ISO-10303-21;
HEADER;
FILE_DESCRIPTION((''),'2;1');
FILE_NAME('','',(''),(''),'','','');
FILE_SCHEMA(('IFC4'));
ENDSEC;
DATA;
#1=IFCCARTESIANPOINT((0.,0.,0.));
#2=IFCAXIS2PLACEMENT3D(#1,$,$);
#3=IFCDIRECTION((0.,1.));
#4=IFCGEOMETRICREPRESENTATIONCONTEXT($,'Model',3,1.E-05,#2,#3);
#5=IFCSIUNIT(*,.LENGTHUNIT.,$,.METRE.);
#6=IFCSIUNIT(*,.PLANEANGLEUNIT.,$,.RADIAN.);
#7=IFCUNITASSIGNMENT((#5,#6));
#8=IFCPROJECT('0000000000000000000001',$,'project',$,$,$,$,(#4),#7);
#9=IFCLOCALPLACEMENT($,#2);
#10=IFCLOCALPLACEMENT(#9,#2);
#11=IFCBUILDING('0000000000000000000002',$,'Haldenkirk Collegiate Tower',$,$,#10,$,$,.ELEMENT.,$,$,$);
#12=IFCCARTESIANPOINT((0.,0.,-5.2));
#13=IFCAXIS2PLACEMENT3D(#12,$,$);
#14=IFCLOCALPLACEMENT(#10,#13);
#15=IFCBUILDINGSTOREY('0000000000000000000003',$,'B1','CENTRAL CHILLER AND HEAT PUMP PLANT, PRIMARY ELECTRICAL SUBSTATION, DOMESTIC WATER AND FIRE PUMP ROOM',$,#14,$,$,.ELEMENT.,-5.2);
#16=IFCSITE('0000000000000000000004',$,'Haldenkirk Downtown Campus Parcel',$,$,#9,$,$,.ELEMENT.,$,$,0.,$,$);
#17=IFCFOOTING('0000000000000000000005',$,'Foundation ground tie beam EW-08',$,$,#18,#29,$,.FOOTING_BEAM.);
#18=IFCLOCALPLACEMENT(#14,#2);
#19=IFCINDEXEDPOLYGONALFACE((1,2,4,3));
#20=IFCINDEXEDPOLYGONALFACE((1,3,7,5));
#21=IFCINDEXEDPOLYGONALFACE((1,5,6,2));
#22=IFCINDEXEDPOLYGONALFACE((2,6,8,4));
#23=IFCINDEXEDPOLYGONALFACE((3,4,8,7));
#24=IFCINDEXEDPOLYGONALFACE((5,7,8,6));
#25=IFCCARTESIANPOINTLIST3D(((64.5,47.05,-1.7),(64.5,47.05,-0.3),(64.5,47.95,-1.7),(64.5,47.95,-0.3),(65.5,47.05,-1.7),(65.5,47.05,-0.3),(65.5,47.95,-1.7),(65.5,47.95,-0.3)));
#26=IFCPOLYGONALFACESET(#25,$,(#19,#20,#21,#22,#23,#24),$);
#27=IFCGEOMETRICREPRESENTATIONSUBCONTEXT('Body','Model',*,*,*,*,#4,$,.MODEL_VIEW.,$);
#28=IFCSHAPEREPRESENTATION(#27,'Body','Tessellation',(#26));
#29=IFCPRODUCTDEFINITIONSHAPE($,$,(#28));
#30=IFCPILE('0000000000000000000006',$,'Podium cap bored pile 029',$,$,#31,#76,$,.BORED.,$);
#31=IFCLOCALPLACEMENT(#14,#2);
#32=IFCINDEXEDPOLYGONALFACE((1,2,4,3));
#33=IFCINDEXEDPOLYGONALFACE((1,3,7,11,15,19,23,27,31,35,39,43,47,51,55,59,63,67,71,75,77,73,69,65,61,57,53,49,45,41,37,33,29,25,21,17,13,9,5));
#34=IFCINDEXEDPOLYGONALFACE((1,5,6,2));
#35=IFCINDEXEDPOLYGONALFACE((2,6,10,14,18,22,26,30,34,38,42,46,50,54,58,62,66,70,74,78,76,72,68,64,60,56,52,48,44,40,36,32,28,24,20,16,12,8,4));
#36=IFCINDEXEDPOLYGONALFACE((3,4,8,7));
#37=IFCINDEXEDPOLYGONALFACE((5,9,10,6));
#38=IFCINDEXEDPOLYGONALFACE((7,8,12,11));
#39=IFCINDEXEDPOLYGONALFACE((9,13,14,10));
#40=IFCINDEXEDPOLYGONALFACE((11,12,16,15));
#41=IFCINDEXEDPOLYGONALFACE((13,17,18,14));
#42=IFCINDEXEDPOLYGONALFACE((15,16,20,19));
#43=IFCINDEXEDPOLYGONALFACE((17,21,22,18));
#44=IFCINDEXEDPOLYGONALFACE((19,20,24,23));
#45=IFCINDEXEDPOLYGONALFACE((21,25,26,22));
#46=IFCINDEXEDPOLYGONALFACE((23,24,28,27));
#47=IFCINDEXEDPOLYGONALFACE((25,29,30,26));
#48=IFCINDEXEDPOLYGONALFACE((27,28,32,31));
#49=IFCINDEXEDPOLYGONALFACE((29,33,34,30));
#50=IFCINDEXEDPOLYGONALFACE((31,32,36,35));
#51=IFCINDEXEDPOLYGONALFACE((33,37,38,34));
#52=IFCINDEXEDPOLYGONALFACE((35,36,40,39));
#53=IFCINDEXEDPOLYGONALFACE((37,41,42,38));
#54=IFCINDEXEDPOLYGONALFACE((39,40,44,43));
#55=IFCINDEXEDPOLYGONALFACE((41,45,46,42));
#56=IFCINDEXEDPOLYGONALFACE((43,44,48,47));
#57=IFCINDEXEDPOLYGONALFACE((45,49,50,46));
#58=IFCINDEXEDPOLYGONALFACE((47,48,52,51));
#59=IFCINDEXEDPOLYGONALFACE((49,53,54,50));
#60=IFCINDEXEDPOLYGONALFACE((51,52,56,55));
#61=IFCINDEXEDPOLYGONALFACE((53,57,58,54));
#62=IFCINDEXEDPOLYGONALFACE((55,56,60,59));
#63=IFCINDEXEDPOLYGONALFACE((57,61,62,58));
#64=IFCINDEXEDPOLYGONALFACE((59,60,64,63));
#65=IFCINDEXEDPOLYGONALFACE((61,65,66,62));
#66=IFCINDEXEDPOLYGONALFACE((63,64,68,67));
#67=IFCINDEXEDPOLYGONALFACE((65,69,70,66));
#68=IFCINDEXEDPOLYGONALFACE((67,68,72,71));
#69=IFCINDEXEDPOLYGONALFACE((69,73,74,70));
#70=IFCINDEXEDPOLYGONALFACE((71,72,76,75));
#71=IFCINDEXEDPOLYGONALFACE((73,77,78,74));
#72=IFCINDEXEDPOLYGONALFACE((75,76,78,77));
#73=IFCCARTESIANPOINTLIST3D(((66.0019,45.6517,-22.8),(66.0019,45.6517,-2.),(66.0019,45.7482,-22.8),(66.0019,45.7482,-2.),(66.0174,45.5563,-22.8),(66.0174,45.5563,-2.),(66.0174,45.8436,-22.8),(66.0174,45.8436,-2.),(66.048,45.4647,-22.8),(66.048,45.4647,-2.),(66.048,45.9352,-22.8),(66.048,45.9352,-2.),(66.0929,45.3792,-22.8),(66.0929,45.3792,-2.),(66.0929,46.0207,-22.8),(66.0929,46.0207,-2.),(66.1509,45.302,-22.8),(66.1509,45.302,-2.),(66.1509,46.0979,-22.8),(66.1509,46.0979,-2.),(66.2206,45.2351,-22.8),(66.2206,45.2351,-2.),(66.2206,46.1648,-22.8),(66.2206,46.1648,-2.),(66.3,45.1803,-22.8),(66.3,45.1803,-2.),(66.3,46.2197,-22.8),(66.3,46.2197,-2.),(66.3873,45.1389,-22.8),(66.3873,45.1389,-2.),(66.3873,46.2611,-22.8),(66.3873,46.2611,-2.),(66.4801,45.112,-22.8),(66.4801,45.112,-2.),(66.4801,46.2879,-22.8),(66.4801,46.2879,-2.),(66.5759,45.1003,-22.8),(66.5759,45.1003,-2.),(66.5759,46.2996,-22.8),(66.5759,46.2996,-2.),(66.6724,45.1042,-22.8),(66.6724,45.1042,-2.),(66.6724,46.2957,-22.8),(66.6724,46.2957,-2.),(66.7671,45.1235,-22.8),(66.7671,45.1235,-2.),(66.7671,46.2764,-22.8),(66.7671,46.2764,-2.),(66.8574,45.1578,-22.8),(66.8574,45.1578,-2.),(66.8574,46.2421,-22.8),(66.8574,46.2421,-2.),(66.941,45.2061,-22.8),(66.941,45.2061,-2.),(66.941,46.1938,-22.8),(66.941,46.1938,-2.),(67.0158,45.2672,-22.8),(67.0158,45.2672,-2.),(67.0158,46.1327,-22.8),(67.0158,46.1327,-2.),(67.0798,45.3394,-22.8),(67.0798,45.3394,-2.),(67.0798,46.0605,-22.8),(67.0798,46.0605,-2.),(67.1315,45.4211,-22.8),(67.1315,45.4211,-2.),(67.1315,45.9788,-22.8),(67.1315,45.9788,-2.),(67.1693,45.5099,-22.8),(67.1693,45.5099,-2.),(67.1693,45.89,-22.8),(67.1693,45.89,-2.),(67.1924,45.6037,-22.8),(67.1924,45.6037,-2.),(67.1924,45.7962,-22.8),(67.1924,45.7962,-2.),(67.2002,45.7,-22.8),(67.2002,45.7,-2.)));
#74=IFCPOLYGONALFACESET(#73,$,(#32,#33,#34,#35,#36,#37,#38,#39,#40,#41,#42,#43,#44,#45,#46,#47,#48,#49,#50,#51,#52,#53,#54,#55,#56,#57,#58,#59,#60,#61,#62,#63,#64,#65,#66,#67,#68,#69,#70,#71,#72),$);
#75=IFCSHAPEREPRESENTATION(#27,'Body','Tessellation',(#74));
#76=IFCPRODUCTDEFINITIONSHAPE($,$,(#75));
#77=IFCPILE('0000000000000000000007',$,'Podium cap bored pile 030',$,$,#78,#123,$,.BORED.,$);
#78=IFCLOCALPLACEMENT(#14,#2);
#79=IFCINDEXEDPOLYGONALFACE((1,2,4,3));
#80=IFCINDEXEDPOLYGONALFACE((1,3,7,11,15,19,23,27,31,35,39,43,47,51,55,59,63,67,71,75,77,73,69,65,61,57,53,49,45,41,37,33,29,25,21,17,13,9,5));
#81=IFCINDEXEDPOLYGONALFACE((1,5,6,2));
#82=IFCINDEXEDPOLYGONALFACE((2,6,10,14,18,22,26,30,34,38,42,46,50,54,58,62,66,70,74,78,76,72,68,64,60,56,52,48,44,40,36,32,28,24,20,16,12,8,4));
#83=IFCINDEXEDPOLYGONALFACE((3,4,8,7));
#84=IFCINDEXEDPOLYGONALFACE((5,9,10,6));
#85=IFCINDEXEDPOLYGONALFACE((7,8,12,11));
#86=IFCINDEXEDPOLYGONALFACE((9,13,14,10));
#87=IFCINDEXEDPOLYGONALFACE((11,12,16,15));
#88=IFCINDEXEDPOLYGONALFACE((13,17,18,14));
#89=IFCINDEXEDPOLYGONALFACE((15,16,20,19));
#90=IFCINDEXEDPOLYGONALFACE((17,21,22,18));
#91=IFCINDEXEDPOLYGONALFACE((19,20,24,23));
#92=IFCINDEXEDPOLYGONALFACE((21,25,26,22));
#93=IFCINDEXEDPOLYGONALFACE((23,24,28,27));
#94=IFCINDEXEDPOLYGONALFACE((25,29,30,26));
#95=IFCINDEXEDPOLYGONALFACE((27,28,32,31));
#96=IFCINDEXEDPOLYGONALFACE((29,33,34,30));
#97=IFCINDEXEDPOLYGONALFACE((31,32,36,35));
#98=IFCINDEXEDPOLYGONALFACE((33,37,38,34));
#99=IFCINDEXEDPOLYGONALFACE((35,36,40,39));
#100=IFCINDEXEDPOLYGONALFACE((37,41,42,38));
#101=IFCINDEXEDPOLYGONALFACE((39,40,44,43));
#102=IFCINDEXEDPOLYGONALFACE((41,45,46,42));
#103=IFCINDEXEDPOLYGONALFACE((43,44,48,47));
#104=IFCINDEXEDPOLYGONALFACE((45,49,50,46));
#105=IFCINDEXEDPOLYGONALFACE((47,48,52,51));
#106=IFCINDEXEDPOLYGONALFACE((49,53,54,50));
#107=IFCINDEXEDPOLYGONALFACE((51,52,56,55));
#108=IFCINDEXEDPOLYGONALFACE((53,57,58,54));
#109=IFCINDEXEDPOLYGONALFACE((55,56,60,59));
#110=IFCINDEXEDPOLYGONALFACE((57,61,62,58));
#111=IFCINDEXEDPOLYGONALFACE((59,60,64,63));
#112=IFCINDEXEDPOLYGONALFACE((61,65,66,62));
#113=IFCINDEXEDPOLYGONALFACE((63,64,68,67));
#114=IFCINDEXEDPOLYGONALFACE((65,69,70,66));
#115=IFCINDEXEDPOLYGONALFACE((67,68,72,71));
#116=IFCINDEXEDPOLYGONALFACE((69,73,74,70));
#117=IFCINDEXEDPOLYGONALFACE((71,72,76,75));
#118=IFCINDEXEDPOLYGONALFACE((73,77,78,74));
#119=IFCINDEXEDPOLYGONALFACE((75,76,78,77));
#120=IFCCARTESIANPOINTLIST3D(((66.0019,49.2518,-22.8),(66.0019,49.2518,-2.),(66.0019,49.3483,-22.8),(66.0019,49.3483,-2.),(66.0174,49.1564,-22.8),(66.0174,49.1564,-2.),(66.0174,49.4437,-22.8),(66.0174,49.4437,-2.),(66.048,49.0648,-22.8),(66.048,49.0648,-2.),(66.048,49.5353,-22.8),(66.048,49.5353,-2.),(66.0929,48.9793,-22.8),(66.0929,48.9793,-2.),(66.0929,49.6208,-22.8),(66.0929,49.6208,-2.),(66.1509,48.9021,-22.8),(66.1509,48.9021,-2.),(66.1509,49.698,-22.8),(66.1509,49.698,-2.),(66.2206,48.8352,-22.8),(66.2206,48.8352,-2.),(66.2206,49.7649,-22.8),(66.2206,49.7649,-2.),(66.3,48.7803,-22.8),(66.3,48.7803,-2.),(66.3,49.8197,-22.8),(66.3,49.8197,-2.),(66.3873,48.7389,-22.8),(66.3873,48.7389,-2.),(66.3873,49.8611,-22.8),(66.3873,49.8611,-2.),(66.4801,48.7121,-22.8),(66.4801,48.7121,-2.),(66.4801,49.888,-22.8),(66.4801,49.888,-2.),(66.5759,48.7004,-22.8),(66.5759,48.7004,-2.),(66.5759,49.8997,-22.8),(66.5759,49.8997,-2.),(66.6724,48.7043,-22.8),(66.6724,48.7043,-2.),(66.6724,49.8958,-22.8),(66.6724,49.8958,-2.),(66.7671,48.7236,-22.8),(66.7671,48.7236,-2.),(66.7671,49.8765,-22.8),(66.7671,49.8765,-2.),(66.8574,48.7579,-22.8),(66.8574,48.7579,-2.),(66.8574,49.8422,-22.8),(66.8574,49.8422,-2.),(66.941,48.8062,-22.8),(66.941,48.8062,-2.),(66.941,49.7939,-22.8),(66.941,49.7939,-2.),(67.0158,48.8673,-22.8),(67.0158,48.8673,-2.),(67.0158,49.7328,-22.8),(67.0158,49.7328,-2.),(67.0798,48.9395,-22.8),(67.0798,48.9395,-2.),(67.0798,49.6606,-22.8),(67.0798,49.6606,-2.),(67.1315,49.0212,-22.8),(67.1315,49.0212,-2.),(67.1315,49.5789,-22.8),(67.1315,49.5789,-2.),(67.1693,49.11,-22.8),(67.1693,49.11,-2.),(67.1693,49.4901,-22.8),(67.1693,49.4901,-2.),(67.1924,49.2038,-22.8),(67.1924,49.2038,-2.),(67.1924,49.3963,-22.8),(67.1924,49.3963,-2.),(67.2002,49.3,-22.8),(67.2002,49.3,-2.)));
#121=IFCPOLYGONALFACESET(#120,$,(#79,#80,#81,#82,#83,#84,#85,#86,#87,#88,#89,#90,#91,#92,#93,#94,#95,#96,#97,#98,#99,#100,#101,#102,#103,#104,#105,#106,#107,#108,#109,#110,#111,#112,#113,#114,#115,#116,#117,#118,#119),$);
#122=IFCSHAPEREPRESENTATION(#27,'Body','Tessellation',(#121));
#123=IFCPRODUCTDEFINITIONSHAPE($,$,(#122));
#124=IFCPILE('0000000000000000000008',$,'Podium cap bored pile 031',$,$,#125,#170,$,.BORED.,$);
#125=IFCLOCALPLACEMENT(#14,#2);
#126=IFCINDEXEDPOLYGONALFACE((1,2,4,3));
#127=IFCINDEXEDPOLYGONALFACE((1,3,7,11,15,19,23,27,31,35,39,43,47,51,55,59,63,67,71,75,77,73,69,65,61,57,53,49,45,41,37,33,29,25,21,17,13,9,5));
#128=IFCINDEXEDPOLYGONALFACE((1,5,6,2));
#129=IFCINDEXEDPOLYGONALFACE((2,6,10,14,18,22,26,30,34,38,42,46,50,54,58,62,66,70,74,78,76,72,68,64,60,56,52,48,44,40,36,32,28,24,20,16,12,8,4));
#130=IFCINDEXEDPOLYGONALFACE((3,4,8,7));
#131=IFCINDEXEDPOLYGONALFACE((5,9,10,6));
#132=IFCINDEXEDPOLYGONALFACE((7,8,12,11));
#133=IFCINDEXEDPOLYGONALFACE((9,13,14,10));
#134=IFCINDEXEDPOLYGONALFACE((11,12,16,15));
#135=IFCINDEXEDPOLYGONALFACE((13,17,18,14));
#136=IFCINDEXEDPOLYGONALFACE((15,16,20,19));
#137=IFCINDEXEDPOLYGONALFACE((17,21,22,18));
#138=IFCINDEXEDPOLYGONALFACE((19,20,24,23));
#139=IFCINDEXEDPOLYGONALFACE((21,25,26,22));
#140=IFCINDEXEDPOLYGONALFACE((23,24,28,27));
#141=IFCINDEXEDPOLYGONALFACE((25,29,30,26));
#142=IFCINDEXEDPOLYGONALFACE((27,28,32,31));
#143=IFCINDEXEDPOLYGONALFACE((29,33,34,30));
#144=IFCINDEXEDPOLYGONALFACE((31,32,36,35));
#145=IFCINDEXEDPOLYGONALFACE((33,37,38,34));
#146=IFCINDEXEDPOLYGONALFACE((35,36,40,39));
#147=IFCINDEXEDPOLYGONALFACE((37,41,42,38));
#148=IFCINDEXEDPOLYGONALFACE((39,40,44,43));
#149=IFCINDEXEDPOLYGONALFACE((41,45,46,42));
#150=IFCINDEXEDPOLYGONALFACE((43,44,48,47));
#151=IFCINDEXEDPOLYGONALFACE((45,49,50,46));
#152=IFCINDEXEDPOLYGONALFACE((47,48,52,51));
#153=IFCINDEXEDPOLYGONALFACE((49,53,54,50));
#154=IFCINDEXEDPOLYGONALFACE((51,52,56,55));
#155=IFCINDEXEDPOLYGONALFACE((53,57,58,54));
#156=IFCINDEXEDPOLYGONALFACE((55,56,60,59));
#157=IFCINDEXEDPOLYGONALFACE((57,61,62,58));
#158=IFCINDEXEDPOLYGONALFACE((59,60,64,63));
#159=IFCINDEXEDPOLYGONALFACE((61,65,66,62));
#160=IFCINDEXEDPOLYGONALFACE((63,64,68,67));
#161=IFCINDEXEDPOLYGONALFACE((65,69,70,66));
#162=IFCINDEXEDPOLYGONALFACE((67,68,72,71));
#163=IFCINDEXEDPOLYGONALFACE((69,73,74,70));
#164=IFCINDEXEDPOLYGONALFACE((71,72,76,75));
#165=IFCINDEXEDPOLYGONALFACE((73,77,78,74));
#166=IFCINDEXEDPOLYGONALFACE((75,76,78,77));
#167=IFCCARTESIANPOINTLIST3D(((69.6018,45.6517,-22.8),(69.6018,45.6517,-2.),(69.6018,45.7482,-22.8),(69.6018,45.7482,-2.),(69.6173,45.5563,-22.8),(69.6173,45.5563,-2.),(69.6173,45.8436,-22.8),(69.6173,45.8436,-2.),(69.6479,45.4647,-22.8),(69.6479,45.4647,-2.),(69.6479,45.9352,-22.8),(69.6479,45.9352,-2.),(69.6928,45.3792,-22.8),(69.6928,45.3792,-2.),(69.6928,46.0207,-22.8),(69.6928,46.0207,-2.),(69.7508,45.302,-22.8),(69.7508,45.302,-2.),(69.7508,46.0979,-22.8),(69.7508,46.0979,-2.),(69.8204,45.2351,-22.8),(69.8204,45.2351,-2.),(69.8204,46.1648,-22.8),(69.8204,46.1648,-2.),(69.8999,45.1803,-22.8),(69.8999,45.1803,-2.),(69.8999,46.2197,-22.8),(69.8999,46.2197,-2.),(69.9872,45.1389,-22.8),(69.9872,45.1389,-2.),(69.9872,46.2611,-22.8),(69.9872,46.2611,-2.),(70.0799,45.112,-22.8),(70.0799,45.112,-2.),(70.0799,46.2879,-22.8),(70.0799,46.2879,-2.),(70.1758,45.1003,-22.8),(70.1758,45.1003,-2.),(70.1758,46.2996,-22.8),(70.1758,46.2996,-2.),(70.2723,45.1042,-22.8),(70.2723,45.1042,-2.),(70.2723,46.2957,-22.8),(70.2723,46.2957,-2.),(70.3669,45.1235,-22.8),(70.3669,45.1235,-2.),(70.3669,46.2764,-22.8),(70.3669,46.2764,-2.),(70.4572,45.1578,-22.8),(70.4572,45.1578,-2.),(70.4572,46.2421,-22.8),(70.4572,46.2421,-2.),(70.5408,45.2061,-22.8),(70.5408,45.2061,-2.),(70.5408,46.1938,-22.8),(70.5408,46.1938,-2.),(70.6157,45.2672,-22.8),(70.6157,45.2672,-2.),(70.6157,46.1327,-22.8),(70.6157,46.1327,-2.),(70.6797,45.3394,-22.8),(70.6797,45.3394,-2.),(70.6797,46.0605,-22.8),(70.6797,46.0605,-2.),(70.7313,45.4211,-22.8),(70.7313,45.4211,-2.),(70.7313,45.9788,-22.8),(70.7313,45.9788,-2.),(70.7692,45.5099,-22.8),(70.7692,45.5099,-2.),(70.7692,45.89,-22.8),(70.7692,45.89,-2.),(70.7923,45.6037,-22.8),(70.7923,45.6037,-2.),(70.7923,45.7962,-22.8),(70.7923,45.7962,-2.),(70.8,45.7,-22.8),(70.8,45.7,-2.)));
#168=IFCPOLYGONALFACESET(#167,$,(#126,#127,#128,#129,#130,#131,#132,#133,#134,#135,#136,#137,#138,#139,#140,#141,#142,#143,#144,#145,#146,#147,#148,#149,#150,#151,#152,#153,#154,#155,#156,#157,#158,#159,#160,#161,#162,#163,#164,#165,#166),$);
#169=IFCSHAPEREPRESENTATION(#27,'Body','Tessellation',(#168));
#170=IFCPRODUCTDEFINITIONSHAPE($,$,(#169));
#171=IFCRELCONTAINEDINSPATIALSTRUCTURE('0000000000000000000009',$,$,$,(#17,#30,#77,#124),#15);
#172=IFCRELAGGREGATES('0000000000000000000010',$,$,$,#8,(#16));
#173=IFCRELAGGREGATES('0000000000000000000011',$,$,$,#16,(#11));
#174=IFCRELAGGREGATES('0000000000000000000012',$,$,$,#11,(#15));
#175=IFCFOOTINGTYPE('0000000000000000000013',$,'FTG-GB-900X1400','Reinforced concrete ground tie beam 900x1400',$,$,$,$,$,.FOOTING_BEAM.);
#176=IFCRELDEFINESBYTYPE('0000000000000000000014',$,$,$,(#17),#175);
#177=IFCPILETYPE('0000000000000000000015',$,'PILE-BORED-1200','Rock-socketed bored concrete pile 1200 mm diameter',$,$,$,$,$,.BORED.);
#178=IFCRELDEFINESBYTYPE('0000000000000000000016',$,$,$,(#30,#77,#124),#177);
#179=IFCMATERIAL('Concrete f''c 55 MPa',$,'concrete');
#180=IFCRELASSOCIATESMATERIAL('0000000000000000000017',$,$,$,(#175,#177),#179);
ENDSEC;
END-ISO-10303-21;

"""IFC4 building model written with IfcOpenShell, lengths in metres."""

from ifc_helpers import new_model, si_unit, direction, frame, origin, origin_2d, place, context, subcontext, project, spatial, rectangle, circle, extrude, material, material_profile, profile_set, type_object, element, save


model = new_model("IFC4")

# Units and contexts
model_context = context("Model", 3, precision=1e-05, world=origin(), true_north=direction((0.0, 1.0)))
body_context = subcontext(model_context, "Body", "Model", "MODEL_VIEW")
ifc_project = project(units=[si_unit("LENGTHUNIT", "METRE"), si_unit("PLANEANGLEUNIT", "RADIAN")], contexts=[model_context])

# Site, building, storey
site_placement = place(None, origin())
site = spatial("IfcSite", under=ifc_project, at=site_placement, Name="Haldenkirk Downtown Campus Parcel", CompositionType="ELEMENT", RefElevation=0.0)
building_placement = place(site_placement, origin())
building = spatial("IfcBuilding", under=site, at=building_placement, Name="Haldenkirk Collegiate Tower", CompositionType="ELEMENT")
storey_placement = place(building_placement, frame((0.0, 0.0, -5.2)))
storey = spatial("IfcBuildingStorey", under=building, at=storey_placement, Name="B1", Description="CENTRAL CHILLER AND HEAT PUMP PLANT, PRIMARY ELECTRICAL SUBSTATION, DOMESTIC WATER AND FIRE PUMP ROOM", CompositionType="ELEMENT", Elevation=-5.2)

# Footing
ifc_material_1 = material(Name="Concrete f'c 55 MPa", Category="concrete")
ifc_material_profile_1 = material_profile(ifc_material_1, rectangle(XDim=0.8999, YDim=1.3999, at=origin_2d()), Name="RCGB900X1400")
ifc_profile_set_1 = profile_set([ifc_material_profile_1], Name="Concrete f'c 55 MPa")
footing_type = type_object("IfcFootingType", Name="FTG-GB-900X1400", Description="Reinforced concrete ground tie beam 900x1400", PredefinedType="FOOTING_BEAM", material=ifc_profile_set_1)
footing_placement = place(storey_placement, frame((64.5, 47.5, -1.0), z_axis=(1.0, 0.0, 0.0), x_axis=(0.0, 1.0, 0.0)))
element("IfcFooting", 1, at=footing_placement, inside=storey, type_object=footing_type, Name="Foundation ground tie beam EW-08", PredefinedType="FOOTING_BEAM", context=body_context, shape_type="SweptSolid", body=[
    extrude(rectangle(XDim=0.8999, YDim=1.3999, at=origin_2d()), origin(), (0.0, 0.0, 1.0), 1.0),
])

# Piles
ifc_material_profile_2 = material_profile(ifc_material_1, circle(Radius=0.6001, at=origin_2d()), Name="PILE1200")
ifc_profile_set_2 = profile_set([ifc_material_profile_2], Name="Concrete f'c 55 MPa")
pile_type_1 = type_object("IfcPileType", Name="PILE-BORED-1200", Description="Rock-socketed bored concrete pile 1200 mm diameter", PredefinedType="BORED", material=ifc_profile_set_2)
for number, where, z_axis, x_axis, name in (
    (2, (66.6001, 45.7, -2.0), (0.0, 0.0, -1.0), (1.0, 0.0, 0.0), "Podium cap bored pile 029"),
    (3, (66.6001, 49.3, -2.0), (0.0, 0.0, -1.0), (1.0, 0.0, 0.0), "Podium cap bored pile 030"),
    (4, (70.2, 45.7, -2.0), (0.0, 0.0, -1.0), (1.0, 0.0, 0.0), "Podium cap bored pile 031"),
):
    element("IfcPile", number, at=place(storey_placement, frame(where, z_axis=z_axis, x_axis=x_axis)), inside=storey, type_object=pile_type_1, Name=name, PredefinedType="BORED", context=body_context, shape_type="SweptSolid", body=[
        extrude(circle(Radius=0.6001, at=origin_2d()), origin(), (0.0, 0.0, 1.0), 20.8),
    ])

save(model, "model.ifc")
